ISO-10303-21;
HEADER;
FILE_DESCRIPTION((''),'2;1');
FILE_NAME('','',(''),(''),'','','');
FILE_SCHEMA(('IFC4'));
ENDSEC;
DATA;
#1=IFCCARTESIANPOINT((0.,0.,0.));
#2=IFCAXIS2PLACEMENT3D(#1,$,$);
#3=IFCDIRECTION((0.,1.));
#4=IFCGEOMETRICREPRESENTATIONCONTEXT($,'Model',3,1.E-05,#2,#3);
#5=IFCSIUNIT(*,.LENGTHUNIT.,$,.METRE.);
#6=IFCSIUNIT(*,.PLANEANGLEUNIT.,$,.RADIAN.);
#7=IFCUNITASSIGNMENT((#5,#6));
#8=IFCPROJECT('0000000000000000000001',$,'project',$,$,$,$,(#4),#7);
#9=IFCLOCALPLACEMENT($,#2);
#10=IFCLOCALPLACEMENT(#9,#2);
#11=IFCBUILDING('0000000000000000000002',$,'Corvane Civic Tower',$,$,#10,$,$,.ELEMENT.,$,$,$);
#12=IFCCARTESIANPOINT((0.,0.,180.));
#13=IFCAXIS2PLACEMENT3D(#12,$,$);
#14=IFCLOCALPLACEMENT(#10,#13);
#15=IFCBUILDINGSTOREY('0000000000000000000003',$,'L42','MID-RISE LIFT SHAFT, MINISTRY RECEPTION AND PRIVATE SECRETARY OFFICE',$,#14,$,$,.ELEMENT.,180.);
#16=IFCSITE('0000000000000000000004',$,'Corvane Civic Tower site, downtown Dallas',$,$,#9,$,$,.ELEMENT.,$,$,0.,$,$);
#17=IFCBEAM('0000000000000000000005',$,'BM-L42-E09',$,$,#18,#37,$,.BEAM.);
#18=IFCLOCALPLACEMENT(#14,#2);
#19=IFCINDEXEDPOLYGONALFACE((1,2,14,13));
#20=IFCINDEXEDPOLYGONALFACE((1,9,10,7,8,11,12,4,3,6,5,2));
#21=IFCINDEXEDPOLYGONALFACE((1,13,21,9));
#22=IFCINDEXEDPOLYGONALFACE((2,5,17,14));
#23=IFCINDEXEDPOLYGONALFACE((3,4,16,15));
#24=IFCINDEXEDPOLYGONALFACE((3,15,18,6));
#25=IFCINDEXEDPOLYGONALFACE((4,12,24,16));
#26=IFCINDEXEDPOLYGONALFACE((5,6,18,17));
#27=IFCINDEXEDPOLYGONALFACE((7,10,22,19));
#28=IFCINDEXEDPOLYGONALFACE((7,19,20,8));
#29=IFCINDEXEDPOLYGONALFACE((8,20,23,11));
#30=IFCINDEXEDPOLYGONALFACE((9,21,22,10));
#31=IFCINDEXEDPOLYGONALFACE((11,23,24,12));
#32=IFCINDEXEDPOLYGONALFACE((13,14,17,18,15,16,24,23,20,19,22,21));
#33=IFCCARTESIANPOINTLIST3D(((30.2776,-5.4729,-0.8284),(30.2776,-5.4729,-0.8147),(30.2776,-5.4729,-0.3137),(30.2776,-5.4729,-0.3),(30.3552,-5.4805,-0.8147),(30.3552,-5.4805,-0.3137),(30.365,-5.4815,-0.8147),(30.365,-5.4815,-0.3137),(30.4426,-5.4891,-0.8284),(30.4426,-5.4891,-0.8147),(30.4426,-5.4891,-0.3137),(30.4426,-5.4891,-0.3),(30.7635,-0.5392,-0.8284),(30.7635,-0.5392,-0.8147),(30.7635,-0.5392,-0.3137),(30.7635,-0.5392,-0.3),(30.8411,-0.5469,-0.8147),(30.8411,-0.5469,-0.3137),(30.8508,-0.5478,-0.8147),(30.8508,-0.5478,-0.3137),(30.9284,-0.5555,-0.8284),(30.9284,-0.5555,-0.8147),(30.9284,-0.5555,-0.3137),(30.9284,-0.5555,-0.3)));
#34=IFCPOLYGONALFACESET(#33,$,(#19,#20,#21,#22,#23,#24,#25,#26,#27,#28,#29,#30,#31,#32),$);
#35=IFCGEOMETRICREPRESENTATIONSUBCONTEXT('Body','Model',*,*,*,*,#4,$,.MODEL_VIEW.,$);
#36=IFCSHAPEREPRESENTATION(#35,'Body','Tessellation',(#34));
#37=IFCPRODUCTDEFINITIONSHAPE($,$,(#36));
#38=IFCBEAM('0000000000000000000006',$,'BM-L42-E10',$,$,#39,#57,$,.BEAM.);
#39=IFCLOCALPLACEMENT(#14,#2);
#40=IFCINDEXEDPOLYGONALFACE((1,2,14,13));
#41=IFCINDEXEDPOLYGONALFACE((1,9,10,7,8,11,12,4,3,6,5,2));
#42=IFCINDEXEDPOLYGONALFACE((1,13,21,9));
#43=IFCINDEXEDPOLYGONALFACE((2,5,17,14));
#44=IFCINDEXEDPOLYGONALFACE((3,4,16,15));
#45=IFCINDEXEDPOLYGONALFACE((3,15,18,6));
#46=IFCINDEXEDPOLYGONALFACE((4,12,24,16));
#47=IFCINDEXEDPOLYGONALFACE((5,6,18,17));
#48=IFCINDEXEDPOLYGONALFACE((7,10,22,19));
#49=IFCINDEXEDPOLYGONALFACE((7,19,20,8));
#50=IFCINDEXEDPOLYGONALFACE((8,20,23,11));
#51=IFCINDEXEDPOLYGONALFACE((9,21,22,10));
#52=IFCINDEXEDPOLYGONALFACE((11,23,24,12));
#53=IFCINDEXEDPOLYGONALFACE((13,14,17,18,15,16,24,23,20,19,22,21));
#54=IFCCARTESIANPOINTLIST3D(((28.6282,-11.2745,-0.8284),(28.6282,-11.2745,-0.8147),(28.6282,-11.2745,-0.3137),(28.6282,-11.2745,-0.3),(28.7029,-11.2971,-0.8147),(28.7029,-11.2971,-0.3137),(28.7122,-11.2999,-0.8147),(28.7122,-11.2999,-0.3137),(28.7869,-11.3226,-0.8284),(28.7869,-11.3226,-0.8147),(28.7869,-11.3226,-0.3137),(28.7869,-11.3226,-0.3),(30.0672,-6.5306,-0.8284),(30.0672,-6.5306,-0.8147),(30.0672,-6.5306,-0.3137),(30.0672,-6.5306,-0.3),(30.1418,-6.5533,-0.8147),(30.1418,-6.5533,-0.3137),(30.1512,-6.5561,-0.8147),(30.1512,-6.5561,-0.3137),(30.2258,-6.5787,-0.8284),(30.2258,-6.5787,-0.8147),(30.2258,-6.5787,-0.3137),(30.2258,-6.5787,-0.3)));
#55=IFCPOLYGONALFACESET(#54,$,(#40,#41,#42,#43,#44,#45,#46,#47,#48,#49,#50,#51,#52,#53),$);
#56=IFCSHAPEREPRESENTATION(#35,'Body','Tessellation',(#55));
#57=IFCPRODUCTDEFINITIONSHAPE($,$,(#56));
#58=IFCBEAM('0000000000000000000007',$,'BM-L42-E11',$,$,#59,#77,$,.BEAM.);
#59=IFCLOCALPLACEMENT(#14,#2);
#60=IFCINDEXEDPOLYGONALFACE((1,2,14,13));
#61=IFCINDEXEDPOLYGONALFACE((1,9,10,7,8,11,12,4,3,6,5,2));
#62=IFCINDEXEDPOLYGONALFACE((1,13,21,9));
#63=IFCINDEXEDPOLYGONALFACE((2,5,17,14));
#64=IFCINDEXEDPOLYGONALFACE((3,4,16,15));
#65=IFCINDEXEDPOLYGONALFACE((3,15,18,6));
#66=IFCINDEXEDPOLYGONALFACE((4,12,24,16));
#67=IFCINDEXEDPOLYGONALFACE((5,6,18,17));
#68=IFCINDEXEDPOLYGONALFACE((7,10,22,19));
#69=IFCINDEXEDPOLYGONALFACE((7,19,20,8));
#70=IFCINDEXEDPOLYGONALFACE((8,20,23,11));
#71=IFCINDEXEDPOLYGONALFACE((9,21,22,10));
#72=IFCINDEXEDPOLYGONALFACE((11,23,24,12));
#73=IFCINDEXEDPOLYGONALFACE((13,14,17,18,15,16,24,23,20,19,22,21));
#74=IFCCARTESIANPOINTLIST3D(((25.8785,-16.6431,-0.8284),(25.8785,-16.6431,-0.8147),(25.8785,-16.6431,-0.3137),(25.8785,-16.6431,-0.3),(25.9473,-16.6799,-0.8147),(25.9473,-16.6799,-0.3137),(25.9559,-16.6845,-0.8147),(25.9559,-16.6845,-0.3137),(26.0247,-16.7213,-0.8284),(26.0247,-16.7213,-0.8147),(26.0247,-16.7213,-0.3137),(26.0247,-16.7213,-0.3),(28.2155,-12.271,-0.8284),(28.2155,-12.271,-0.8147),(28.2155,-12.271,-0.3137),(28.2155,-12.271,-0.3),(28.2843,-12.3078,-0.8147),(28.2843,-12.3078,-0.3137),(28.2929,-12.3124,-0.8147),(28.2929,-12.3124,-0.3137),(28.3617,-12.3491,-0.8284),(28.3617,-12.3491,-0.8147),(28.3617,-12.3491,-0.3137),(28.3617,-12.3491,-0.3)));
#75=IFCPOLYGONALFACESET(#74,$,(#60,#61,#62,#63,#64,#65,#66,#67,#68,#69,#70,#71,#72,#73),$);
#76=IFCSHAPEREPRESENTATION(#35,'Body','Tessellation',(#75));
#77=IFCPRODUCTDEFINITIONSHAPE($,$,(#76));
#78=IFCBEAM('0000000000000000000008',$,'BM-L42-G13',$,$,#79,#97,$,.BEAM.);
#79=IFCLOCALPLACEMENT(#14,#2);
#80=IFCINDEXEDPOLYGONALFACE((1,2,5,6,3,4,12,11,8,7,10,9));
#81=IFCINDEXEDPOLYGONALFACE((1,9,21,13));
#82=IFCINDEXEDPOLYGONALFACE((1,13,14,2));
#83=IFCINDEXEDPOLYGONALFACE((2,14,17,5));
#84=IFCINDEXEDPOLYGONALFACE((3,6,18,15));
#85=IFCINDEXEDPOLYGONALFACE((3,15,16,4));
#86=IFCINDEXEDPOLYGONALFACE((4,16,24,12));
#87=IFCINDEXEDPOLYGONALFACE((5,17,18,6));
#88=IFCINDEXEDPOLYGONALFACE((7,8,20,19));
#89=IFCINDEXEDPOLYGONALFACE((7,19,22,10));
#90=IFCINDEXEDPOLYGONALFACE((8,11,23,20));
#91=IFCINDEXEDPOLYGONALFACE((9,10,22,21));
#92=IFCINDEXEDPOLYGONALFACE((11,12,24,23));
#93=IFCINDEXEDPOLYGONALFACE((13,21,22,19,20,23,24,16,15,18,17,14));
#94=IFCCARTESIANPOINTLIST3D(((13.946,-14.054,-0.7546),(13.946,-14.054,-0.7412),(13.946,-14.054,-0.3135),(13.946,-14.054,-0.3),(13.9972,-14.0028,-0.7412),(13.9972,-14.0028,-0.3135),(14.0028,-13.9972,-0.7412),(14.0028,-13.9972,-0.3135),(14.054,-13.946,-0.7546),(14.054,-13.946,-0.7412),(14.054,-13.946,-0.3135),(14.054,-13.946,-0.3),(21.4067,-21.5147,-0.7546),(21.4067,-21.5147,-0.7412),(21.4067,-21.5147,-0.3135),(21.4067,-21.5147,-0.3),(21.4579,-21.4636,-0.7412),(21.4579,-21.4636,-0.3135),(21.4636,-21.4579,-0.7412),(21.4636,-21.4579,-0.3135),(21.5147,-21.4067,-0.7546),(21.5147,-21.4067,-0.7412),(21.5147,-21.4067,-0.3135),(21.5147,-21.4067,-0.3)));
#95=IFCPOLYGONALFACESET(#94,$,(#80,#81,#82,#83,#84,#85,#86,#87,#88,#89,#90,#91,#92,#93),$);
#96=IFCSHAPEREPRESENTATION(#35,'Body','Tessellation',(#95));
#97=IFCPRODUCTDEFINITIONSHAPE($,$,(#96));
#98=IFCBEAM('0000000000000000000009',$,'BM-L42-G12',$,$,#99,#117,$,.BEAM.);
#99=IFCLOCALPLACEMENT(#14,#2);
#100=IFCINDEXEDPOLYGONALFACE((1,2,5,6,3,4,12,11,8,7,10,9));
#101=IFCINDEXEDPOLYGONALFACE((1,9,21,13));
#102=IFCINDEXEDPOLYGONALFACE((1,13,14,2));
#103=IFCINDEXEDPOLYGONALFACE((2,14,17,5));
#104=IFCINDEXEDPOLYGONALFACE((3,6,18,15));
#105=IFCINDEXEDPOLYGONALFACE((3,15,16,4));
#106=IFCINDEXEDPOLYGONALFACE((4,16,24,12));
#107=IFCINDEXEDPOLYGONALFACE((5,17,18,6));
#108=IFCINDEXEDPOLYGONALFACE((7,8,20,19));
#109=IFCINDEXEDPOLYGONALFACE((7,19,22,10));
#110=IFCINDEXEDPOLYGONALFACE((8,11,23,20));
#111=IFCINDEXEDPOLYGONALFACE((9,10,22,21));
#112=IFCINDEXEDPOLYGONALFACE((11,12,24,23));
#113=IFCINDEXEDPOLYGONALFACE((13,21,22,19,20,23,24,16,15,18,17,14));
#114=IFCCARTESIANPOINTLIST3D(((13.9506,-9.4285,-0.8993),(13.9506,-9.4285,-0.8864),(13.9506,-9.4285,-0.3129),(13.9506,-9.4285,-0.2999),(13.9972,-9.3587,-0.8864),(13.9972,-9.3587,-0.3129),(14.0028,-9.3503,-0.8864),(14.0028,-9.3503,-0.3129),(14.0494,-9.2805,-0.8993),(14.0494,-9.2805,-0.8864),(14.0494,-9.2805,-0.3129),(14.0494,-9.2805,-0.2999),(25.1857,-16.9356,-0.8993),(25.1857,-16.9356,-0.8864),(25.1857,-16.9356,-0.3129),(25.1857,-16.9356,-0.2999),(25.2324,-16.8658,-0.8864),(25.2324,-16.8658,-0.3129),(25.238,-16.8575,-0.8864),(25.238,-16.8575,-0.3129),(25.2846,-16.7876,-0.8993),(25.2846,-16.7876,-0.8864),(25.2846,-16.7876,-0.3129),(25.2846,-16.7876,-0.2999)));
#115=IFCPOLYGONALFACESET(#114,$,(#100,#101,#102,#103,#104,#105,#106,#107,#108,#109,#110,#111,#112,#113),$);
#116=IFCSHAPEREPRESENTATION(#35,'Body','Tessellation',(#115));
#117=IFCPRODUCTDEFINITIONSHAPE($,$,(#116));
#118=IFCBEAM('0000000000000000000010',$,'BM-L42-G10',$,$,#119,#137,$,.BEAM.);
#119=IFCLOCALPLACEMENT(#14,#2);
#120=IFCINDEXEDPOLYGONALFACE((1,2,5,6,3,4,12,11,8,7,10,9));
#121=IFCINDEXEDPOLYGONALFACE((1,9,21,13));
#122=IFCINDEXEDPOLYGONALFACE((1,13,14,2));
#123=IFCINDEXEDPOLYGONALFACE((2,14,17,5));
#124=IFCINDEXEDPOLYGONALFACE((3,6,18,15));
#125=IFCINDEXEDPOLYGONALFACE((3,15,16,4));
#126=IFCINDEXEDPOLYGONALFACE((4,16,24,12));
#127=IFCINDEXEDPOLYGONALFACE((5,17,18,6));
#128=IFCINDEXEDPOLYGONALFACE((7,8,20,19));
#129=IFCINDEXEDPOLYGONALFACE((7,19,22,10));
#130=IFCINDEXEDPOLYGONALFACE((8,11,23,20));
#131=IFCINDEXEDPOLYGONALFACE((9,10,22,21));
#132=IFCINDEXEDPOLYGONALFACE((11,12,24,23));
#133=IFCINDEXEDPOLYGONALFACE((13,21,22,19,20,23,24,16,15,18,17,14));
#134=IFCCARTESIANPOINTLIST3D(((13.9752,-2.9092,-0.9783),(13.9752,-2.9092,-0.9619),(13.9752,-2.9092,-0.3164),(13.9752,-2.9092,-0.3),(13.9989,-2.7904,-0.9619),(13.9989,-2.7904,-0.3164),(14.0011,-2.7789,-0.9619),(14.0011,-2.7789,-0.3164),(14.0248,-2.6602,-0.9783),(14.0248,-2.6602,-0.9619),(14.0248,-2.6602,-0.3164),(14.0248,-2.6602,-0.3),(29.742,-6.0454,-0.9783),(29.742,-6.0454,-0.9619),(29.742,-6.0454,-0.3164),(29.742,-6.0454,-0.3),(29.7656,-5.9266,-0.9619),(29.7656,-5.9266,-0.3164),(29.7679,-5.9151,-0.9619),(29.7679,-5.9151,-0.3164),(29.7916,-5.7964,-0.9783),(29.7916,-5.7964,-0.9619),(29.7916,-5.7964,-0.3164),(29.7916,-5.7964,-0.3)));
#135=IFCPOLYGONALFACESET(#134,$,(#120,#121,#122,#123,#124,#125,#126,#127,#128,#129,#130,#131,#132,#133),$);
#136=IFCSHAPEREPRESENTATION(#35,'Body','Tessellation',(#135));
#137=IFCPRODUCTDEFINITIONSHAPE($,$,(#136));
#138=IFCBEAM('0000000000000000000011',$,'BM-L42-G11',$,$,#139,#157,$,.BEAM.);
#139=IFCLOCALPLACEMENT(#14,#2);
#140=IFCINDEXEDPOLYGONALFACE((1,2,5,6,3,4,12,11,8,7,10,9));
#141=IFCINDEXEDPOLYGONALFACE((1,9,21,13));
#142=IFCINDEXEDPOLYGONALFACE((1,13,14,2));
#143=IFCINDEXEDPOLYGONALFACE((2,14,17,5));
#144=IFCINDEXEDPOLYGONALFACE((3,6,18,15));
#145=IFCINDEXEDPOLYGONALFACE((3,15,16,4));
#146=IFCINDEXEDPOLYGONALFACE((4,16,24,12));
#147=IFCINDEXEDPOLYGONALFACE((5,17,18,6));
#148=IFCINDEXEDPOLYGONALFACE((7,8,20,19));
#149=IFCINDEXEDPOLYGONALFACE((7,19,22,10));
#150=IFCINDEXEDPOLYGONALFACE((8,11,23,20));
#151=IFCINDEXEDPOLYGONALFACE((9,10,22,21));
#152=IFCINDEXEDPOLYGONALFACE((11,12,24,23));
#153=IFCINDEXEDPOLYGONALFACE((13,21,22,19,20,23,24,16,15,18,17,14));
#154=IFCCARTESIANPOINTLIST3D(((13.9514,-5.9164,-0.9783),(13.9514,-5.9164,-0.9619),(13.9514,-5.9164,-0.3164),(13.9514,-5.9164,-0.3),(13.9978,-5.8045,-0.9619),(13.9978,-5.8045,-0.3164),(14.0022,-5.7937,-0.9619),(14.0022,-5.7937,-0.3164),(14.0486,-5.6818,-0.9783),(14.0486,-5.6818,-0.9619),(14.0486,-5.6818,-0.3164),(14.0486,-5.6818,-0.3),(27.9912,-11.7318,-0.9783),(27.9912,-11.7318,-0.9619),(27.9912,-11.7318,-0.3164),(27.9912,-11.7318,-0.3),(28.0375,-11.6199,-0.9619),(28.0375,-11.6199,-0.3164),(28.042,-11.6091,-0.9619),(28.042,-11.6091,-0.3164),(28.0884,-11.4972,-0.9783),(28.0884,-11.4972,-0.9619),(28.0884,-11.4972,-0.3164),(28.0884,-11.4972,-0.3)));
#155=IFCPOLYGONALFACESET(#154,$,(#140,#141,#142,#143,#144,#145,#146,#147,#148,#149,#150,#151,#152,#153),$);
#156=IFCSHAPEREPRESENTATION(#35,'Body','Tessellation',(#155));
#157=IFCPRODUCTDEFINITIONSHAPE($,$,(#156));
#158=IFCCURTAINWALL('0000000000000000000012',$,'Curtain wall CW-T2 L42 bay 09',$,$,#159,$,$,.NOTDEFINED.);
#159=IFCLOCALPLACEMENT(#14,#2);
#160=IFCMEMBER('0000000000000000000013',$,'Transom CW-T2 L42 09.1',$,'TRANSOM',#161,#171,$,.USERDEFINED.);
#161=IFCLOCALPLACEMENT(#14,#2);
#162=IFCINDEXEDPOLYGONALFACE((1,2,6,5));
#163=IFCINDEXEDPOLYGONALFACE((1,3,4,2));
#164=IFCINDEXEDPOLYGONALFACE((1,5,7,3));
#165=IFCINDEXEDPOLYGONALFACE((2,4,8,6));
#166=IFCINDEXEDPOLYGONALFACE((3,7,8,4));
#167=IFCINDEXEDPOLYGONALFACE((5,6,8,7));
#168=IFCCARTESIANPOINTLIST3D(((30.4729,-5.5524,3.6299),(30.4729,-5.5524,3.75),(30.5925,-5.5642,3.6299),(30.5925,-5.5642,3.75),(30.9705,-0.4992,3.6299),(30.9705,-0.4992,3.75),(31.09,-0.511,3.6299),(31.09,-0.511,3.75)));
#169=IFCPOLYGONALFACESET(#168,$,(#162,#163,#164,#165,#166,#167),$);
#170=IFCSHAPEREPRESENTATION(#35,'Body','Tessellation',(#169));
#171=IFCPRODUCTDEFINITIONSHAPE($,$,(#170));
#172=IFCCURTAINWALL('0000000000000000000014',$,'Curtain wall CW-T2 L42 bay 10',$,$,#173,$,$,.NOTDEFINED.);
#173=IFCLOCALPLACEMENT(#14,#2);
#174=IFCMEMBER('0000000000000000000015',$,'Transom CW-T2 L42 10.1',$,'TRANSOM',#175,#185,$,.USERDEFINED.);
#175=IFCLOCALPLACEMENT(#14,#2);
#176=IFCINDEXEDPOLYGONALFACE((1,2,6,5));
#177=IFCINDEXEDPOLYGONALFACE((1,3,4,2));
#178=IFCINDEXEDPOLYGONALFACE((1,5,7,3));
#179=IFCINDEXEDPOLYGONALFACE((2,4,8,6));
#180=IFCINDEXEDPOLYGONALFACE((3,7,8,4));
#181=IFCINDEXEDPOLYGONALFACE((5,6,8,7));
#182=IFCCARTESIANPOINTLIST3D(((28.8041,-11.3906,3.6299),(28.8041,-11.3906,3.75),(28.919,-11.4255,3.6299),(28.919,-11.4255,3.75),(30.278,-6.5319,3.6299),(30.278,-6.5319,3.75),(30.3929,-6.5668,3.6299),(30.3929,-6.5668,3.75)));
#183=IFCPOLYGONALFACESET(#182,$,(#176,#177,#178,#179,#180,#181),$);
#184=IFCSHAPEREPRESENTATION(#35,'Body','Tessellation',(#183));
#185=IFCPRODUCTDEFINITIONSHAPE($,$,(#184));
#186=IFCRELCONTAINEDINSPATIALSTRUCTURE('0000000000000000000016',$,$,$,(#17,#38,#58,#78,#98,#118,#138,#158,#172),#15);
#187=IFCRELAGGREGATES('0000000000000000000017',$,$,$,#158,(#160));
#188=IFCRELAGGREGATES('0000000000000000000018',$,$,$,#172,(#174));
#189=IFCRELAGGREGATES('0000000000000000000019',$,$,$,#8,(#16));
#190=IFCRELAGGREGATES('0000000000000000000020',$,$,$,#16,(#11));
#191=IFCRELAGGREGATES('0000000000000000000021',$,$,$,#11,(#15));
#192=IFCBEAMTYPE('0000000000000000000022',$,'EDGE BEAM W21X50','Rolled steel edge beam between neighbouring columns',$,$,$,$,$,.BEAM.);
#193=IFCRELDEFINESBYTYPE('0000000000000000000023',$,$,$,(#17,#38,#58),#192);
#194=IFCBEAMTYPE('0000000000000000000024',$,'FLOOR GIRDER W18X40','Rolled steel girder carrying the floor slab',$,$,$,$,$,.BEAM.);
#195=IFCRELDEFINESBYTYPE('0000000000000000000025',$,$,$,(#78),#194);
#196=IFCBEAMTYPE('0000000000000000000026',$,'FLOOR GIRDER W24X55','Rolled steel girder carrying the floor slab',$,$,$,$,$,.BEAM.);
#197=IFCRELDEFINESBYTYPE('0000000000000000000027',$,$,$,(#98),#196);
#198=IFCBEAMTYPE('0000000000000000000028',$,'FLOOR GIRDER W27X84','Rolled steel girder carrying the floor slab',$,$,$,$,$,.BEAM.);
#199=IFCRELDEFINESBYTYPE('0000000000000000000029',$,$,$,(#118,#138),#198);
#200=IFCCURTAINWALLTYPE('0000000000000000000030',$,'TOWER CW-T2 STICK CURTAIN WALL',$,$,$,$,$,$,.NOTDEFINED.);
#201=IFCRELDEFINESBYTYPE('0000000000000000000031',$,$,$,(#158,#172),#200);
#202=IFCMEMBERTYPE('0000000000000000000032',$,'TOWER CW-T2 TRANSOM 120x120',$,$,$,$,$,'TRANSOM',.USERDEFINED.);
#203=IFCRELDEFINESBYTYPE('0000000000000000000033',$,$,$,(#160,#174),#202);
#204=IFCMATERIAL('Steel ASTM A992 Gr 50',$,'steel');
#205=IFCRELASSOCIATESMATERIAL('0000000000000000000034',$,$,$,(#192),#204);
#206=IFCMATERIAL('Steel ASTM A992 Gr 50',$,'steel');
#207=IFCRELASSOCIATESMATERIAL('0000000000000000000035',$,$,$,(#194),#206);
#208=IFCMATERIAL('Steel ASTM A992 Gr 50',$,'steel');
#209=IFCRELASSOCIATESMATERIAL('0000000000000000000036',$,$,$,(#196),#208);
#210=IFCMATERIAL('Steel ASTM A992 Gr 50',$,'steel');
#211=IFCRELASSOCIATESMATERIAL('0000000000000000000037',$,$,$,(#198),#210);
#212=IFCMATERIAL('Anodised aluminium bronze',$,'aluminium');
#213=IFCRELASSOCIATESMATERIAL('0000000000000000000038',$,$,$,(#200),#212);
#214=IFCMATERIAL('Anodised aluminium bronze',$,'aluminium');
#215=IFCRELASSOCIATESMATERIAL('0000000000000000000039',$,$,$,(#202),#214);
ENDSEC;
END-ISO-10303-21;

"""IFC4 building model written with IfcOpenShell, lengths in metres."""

from ifc_helpers import new_model, si_unit, direction, frame, origin, origin_2d, place, context, subcontext, project, spatial, rectangle, i_section, extrude, material, material_profile, profile_set, type_object, element, aggregate, save


model = new_model("IFC4")

# Units and contexts
model_context = context("Model", 3, precision=1e-05, world=origin(), true_north=direction((0.0, 1.0)))
body_context = subcontext(model_context, "Body", "Model", "MODEL_VIEW")
ifc_project = project(units=[si_unit("LENGTHUNIT", "METRE"), si_unit("PLANEANGLEUNIT", "RADIAN")], contexts=[model_context])

# Site, building, storey
site_placement = place(None, origin())
site = spatial("IfcSite", under=ifc_project, at=site_placement, Name="Corvane Civic Tower site, downtown Dallas", CompositionType="ELEMENT", RefElevation=0.0)
building_placement = place(site_placement, origin())
building = spatial("IfcBuilding", under=site, at=building_placement, Name="Corvane Civic Tower", CompositionType="ELEMENT")
storey_placement = place(building_placement, frame((0.0, 0.0, 180.0)))
storey = spatial("IfcBuildingStorey", under=building, at=storey_placement, Name="L42", Description="MID-RISE LIFT SHAFT, MINISTRY RECEPTION AND PRIVATE SECRETARY OFFICE", CompositionType="ELEMENT", Elevation=180.0)

# Beams
ifc_material_1 = material(Name="Steel ASTM A992 Gr 50", Category="steel")
ifc_material_profile_1 = material_profile(ifc_material_1, i_section(OverallWidth=0.1658, OverallDepth=0.5283, WebThickness=0.0098, FlangeThickness=0.0137, at=origin_2d()), Name="W21X50")
ifc_profile_set_1 = profile_set([ifc_material_profile_1], Name="Steel ASTM A992 Gr 50")
beam_type_1 = type_object("IfcBeamType", Name="EDGE BEAM W21X50", Description="Rolled steel edge beam between neighbouring columns", PredefinedType="BEAM", material=ifc_profile_set_1)
beam_1_placement = place(storey_placement, frame((30.8459, -0.5474, -0.5642), z_axis=(-0.098002, -0.995186, 0.0), x_axis=(0.995186, -0.098002, 0.0)))
element("IfcBeam", 1, at=beam_1_placement, inside=storey, type_object=beam_type_1, Name="BM-L42-E09", PredefinedType="BEAM", context=body_context, shape_type="SweptSolid", body=[
    extrude(i_section(OverallWidth=0.1658, OverallDepth=0.5283, WebThickness=0.0098, FlangeThickness=0.0137, at=origin_2d()), origin(), (0.0, 0.0, 1.0), 4.9575),
])
beam_2_placement = place(storey_placement, frame((30.1465, -6.5547, -0.5642), z_axis=(-0.29027, -0.956945, 0.0), x_axis=(0.956945, -0.29027, 0.0)))
element("IfcBeam", 2, at=beam_2_placement, inside=storey, type_object=beam_type_1, Name="BM-L42-E10", PredefinedType="BEAM", context=body_context, shape_type="SweptSolid", body=[
    extrude(i_section(OverallWidth=0.1658, OverallDepth=0.5283, WebThickness=0.0098, FlangeThickness=0.0137, at=origin_2d()), origin(), (0.0, 0.0, 1.0), 4.9573),
])
beam_3_placement = place(storey_placement, frame((28.2886, -12.3101, -0.5642), z_axis=(-0.471396, -0.881922, 0.0), x_axis=(0.881922, -0.471396, 0.0)))
element("IfcBeam", 3, at=beam_3_placement, inside=storey, type_object=beam_type_1, Name="BM-L42-E11", PredefinedType="BEAM", context=body_context, shape_type="SweptSolid", body=[
    extrude(i_section(OverallWidth=0.1658, OverallDepth=0.5283, WebThickness=0.0098, FlangeThickness=0.0137, at=origin_2d()), origin(), (0.0, 0.0, 1.0), 4.9575),
])
ifc_material_2 = material(Name="Steel ASTM A992 Gr 50", Category="steel")
ifc_material_profile_2 = material_profile(ifc_material_2, i_section(OverallWidth=0.1528, OverallDepth=0.4546, WebThickness=0.0081, FlangeThickness=0.0134, at=origin_2d()), Name="W18X40")
ifc_profile_set_2 = profile_set([ifc_material_profile_2], Name="Steel ASTM A992 Gr 50")
beam_type_2 = type_object("IfcBeamType", Name="FLOOR GIRDER W18X40", Description="Rolled steel girder carrying the floor slab", PredefinedType="BEAM", material=ifc_profile_set_2)
beam_4_placement = place(storey_placement, frame((14.0, -14.0, -0.5273), z_axis=(0.707107, -0.707107, 0.0), x_axis=(0.707107, 0.707107, 0.0)))
element("IfcBeam", 4, at=beam_4_placement, inside=storey, type_object=beam_type_2, Name="BM-L42-G13", PredefinedType="BEAM", context=body_context, shape_type="SweptSolid", body=[
    extrude(i_section(OverallWidth=0.1528, OverallDepth=0.4546, WebThickness=0.0081, FlangeThickness=0.0134, at=origin_2d()), origin(), (0.0, 0.0, 1.0), 10.551),
])
ifc_material_3 = material(Name="Steel ASTM A992 Gr 50", Category="steel")
ifc_material_profile_3 = material_profile(ifc_material_3, i_section(OverallWidth=0.178, OverallDepth=0.5994, WebThickness=0.01, FlangeThickness=0.0129, at=origin_2d()), Name="W24X55")
ifc_profile_set_3 = profile_set([ifc_material_profile_3], Name="Steel ASTM A992 Gr 50")
beam_type_3 = type_object("IfcBeamType", Name="FLOOR GIRDER W24X55", Description="Rolled steel girder carrying the floor slab", PredefinedType="BEAM", material=ifc_profile_set_3)
beam_5_placement = place(storey_placement, frame((14.0, -9.3545, -0.5996), z_axis=(0.831469, -0.555571, 0.0), x_axis=(0.555571, 0.831469, 0.0)))
element("IfcBeam", 5, at=beam_5_placement, inside=storey, type_object=beam_type_3, Name="BM-L42-G12", PredefinedType="BEAM", context=body_context, shape_type="SweptSolid", body=[
    extrude(i_section(OverallWidth=0.178, OverallDepth=0.5994, WebThickness=0.01, FlangeThickness=0.0129, at=origin_2d()), origin(), (0.0, 0.0, 1.0), 13.5125),
])
ifc_material_4 = material(Name="Steel ASTM A992 Gr 50", Category="steel")
ifc_material_profile_4 = material_profile(ifc_material_4, i_section(OverallWidth=0.2539, OverallDepth=0.6782, WebThickness=0.0117, FlangeThickness=0.0164, at=origin_2d()), Name="W27X84")
ifc_profile_set_4 = profile_set([ifc_material_profile_4], Name="Steel ASTM A992 Gr 50")
beam_type_4 = type_object("IfcBeamType", Name="FLOOR GIRDER W27X84", Description="Rolled steel girder carrying the floor slab", PredefinedType="BEAM", material=ifc_profile_set_4)
beam_6_placement = place(storey_placement, frame((14.0, -2.7847, -0.6392), z_axis=(0.980785, -0.195091, 0.0), x_axis=(0.195091, 0.980785, 0.0)))
element("IfcBeam", 6, at=beam_6_placement, inside=storey, type_object=beam_type_4, Name="BM-L42-G10", PredefinedType="BEAM", context=body_context, shape_type="SweptSolid", body=[
    extrude(i_section(OverallWidth=0.2539, OverallDepth=0.6782, WebThickness=0.0117, FlangeThickness=0.0164, at=origin_2d()), origin(), (0.0, 0.0, 1.0), 16.0757),
])
beam_7_placement = place(storey_placement, frame((14.0, -5.7991, -0.6392), z_axis=(0.923881, -0.382681, 0.0), x_axis=(0.382681, 0.923881, 0.0)))
element("IfcBeam", 7, at=beam_7_placement, inside=storey, type_object=beam_type_4, Name="BM-L42-G11", PredefinedType="BEAM", context=body_context, shape_type="SweptSolid", body=[
    extrude(i_section(OverallWidth=0.2539, OverallDepth=0.6782, WebThickness=0.0117, FlangeThickness=0.0164, at=origin_2d()), origin(), (0.0, 0.0, 1.0), 15.1965),
])

# Curtain walls, members
ifc_material_5 = material(Name="Anodised aluminium bronze", Category="aluminium")
curtain_wall_type = type_object("IfcCurtainWallType", Name="TOWER CW-T2 STICK CURTAIN WALL", PredefinedType="NOTDEFINED", material=ifc_material_5)
curtain_wall_1_placement = place(storey_placement, origin())
curtain_wall_1 = element("IfcCurtainWall", 8, at=curtain_wall_1_placement, inside=storey, type_object=curtain_wall_type, Name="Curtain wall CW-T2 L42 bay 09", PredefinedType="NOTDEFINED")
ifc_material_6 = material(Name="Anodised aluminium bronze", Category="aluminium")
ifc_material_profile_5 = material_profile(ifc_material_6, rectangle(XDim=0.1201, YDim=0.1201, at=origin_2d()), Name="TOWER CW-T2 TRANSOM 120x120")
ifc_profile_set_5 = profile_set([ifc_material_profile_5], Name="Anodised aluminium bronze")
member_type = type_object("IfcMemberType", Name="TOWER CW-T2 TRANSOM 120x120", ElementType="TRANSOM", PredefinedType="USERDEFINED", material=ifc_profile_set_5)
member_1_placement = place(storey_placement, frame((31.0303, -0.5051, 3.6899), z_axis=(-0.09799, -0.995187, 0.0), x_axis=(0.995187, -0.09799, 0.0)))
member_1 = element("IfcMember", 9, at=member_1_placement, type_object=member_type, Name="Transom CW-T2 L42 09.1", ObjectType="TRANSOM", PredefinedType="USERDEFINED", context=body_context, shape_type="SweptSolid", body=[
    extrude(rectangle(XDim=0.1201, YDim=0.1201, at=origin_2d()), origin(), (0.0, 0.0, 1.0), 5.0776),
])
curtain_wall_2_placement = place(storey_placement, origin())
curtain_wall_2 = element("IfcCurtainWall", 10, at=curtain_wall_2_placement, inside=storey, type_object=curtain_wall_type, Name="Curtain wall CW-T2 L42 bay 10", PredefinedType="NOTDEFINED")
member_2_placement = place(storey_placement, frame((30.3354, -6.5493, 3.6899), z_axis=(-0.290289, -0.956939, 0.0), x_axis=(0.956939, -0.290289, 0.0)))
member_2 = element("IfcMember", 11, at=member_2_placement, type_object=member_type, Name="Transom CW-T2 L42 10.1", ObjectType="TRANSOM", PredefinedType="USERDEFINED", context=body_context, shape_type="SweptSolid", body=[
    extrude(rectangle(XDim=0.1201, YDim=0.1201, at=origin_2d()), origin(), (0.0, 0.0, 1.0), 5.0774),
])

aggregate(curtain_wall_1, [member_1])
aggregate(curtain_wall_2, [member_2])

save(model, "model.ifc")
